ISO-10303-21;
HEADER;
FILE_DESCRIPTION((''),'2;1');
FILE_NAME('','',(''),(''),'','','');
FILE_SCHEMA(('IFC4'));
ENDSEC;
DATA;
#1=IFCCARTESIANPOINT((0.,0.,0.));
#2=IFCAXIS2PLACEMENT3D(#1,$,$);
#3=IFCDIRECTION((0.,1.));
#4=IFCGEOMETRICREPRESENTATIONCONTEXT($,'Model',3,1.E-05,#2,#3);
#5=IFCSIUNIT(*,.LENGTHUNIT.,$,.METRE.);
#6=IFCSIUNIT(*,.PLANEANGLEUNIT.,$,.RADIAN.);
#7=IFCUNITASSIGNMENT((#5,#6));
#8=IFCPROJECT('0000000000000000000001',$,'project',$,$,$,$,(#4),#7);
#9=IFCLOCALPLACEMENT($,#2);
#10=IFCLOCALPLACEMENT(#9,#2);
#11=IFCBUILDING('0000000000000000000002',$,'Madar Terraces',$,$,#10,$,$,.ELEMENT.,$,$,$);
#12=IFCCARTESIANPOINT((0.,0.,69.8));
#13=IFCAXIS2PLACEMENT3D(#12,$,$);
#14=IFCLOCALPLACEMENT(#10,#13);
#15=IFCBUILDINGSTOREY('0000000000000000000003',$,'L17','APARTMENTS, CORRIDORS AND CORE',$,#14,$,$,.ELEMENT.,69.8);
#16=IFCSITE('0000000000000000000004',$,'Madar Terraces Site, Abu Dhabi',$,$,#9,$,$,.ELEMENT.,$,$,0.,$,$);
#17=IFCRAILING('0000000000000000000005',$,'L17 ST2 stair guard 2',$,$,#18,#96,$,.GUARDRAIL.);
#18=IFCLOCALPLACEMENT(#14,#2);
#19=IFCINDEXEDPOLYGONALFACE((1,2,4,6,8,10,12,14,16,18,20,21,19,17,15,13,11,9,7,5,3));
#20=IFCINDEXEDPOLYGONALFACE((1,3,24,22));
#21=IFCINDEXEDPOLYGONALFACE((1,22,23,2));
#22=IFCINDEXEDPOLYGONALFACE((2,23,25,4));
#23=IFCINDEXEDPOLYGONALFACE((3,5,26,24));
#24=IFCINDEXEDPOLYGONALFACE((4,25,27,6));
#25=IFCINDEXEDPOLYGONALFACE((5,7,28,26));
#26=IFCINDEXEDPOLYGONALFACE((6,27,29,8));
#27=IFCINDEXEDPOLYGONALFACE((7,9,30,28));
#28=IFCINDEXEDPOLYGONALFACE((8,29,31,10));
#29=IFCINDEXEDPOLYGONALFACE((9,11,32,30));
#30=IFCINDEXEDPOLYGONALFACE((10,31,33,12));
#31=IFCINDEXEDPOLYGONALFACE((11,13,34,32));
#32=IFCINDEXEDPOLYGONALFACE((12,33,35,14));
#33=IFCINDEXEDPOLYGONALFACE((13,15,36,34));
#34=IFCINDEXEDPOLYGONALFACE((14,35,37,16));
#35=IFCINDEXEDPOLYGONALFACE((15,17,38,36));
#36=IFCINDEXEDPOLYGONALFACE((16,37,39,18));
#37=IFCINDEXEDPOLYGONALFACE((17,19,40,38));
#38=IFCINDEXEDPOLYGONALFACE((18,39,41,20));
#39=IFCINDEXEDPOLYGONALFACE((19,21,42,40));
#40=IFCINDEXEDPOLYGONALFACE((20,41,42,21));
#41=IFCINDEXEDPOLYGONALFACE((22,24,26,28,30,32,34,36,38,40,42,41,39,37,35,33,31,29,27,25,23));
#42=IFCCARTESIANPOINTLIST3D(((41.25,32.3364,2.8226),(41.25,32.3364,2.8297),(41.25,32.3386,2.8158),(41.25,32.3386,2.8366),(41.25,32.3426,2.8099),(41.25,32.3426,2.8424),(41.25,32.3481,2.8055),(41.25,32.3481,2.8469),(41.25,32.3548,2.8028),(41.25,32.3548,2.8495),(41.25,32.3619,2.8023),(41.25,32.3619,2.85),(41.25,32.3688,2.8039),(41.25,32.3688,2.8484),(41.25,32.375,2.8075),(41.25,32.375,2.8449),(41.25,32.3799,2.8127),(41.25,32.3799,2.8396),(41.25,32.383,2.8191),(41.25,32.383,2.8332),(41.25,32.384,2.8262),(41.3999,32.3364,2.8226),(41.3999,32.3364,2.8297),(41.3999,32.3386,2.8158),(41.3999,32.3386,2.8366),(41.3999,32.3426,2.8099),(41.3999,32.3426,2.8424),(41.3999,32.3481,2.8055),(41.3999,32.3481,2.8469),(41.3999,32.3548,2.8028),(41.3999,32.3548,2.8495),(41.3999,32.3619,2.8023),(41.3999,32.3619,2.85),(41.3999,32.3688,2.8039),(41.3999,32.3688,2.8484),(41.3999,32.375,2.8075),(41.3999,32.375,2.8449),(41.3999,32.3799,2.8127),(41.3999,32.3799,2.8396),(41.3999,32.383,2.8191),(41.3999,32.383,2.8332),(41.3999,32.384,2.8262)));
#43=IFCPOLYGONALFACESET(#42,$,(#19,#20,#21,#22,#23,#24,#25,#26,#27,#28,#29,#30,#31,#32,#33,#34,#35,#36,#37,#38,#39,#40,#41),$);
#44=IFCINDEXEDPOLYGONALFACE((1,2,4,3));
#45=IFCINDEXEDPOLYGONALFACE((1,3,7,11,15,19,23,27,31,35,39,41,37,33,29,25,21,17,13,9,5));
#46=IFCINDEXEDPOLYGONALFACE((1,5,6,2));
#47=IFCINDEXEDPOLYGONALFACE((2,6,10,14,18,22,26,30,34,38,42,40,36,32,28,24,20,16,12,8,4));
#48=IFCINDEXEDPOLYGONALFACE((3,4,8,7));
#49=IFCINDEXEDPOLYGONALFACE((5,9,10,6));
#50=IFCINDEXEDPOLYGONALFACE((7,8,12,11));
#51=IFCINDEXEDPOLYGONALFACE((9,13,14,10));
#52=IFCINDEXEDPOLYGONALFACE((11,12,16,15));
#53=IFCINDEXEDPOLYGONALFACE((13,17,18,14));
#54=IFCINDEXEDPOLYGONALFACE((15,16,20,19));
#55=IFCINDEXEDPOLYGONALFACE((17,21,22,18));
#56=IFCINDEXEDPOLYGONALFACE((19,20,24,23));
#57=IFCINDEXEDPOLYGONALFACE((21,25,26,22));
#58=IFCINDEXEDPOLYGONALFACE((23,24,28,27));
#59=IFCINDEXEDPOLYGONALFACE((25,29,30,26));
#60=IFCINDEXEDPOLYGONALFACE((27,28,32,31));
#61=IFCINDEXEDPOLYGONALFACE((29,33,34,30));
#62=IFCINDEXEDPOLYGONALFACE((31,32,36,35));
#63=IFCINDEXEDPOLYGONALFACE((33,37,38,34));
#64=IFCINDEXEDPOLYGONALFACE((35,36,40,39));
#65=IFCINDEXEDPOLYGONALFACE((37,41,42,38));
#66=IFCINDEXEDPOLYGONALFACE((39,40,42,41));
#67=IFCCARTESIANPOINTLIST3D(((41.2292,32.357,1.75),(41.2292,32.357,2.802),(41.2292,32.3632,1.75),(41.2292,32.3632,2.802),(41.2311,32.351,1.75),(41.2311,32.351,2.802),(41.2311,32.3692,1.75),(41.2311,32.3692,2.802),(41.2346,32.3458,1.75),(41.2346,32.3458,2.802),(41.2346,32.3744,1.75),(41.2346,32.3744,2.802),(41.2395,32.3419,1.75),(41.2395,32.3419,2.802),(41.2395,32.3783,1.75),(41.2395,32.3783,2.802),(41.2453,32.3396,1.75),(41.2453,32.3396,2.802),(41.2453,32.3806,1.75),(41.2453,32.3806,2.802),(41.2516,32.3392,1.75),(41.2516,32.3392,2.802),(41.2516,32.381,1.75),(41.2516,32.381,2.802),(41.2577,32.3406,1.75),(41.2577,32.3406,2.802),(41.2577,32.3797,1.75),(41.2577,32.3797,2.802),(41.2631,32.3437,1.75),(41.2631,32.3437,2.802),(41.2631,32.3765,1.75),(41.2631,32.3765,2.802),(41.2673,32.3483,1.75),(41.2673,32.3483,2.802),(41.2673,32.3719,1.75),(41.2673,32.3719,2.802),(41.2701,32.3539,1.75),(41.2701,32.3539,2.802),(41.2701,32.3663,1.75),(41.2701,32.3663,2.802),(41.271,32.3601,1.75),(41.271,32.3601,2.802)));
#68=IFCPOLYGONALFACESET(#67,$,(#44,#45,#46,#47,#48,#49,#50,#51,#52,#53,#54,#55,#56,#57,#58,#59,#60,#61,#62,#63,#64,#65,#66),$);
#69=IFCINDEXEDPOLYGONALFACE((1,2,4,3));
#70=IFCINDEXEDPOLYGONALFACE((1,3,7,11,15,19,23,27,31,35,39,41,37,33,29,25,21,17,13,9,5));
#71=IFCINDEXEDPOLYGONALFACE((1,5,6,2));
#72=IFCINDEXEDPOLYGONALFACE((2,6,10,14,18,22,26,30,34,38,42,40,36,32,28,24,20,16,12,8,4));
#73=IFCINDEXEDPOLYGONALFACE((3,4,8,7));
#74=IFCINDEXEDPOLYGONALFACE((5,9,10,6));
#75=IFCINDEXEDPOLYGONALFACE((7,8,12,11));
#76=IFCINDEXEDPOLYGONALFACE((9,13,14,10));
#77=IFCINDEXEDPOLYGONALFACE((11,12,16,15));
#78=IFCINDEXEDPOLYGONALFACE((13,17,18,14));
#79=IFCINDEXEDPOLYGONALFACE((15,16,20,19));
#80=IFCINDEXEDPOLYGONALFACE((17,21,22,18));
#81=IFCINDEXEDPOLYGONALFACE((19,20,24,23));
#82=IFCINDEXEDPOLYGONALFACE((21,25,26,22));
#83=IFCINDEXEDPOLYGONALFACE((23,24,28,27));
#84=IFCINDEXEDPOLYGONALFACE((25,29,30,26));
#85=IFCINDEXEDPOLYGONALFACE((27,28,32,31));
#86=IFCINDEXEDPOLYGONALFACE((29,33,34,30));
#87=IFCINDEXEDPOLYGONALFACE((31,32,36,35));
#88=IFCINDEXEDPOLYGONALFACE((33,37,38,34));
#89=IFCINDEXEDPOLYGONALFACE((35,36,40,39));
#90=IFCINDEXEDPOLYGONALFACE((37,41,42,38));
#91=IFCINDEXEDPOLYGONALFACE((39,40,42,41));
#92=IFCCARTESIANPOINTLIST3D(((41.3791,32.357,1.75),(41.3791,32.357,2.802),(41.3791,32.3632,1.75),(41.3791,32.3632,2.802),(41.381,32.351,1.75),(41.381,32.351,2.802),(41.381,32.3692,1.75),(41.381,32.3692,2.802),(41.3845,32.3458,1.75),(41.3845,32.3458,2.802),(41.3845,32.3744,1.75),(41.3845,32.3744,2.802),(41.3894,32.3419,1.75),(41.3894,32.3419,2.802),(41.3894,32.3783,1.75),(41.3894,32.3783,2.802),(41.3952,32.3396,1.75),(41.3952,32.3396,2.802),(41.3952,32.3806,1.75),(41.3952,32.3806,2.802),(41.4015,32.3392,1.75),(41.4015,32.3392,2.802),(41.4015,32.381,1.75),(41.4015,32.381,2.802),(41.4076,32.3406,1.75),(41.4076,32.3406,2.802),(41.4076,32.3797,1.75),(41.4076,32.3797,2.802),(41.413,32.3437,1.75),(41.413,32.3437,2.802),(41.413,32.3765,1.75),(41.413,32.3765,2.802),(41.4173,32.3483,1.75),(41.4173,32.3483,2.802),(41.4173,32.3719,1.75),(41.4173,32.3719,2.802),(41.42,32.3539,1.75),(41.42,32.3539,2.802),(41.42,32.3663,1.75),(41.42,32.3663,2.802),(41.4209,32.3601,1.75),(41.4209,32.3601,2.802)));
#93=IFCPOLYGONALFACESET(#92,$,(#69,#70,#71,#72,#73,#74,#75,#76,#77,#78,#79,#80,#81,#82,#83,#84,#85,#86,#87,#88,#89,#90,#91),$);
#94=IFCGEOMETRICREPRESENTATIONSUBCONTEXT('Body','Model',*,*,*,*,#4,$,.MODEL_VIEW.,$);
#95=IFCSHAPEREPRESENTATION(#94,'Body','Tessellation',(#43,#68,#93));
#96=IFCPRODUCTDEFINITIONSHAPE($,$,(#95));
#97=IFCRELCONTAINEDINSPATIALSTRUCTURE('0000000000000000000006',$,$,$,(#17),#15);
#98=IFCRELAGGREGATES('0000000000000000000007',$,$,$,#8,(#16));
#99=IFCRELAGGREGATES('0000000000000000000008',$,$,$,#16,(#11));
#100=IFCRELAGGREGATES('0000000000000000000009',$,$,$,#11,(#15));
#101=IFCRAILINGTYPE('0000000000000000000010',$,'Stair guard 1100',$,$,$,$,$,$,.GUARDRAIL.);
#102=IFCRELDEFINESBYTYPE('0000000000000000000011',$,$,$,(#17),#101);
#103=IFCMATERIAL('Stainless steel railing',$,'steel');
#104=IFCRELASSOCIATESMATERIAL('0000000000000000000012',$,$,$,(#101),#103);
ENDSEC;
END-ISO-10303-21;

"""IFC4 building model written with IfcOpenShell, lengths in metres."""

from ifc_helpers import new_model, si_unit, direction, frame, origin, origin_2d, place, context, subcontext, project, spatial, circle, extrude, material, type_object, element, save


model = new_model("IFC4")

# Units and contexts
model_context = context("Model", 3, precision=1e-05, world=origin(), true_north=direction((0.0, 1.0)))
body_context = subcontext(model_context, "Body", "Model", "MODEL_VIEW")
ifc_project = project(units=[si_unit("LENGTHUNIT", "METRE"), si_unit("PLANEANGLEUNIT", "RADIAN")], contexts=[model_context])

# Site, building, storey
site_placement = place(None, origin())
site = spatial("IfcSite", under=ifc_project, at=site_placement, Name="Madar Terraces Site, Abu Dhabi", CompositionType="ELEMENT", RefElevation=0.0)
building_placement = place(site_placement, origin())
building = spatial("IfcBuilding", under=site, at=building_placement, Name="Madar Terraces", CompositionType="ELEMENT")
storey_placement = place(building_placement, frame((0.0, 0.0, 69.8)))
storey = spatial("IfcBuildingStorey", under=building, at=storey_placement, Name="L17", Description="APARTMENTS, CORRIDORS AND CORE", CompositionType="ELEMENT", Elevation=69.8)

# Railing
ifc_material_1 = material(Name="Stainless steel railing", Category="steel")
railing_type_1 = type_object("IfcRailingType", Name="Stair guard 1100", PredefinedType="GUARDRAIL", material=ifc_material_1)
railing_1_placement = place(storey_placement, frame((41.25, 32.3601, 1.75)))
element("IfcRailing", 1, at=railing_1_placement, inside=storey, type_object=railing_type_1, Name="L17 ST2 stair guard 2", PredefinedType="GUARDRAIL", context=body_context, shape_type="SweptSolid", body=[
    extrude(circle(Radius=0.0239, at=origin_2d()), frame((0.0, 0.0, 1.0762), z_axis=(1.0, 0.0, 0.0), x_axis=(0.0, 1.0, 0.0)), (0.0, 0.0, 1.0), 0.1499),
    extrude(circle(Radius=0.021, at=origin_2d()), origin(), (0.0, 0.0, 1.0), 1.052),
    extrude(circle(Radius=0.021, at=origin_2d()), frame((0.1499, 0.0, 0.0)), (0.0, 0.0, 1.0), 1.052),
])

save(model, "model.ifc")
